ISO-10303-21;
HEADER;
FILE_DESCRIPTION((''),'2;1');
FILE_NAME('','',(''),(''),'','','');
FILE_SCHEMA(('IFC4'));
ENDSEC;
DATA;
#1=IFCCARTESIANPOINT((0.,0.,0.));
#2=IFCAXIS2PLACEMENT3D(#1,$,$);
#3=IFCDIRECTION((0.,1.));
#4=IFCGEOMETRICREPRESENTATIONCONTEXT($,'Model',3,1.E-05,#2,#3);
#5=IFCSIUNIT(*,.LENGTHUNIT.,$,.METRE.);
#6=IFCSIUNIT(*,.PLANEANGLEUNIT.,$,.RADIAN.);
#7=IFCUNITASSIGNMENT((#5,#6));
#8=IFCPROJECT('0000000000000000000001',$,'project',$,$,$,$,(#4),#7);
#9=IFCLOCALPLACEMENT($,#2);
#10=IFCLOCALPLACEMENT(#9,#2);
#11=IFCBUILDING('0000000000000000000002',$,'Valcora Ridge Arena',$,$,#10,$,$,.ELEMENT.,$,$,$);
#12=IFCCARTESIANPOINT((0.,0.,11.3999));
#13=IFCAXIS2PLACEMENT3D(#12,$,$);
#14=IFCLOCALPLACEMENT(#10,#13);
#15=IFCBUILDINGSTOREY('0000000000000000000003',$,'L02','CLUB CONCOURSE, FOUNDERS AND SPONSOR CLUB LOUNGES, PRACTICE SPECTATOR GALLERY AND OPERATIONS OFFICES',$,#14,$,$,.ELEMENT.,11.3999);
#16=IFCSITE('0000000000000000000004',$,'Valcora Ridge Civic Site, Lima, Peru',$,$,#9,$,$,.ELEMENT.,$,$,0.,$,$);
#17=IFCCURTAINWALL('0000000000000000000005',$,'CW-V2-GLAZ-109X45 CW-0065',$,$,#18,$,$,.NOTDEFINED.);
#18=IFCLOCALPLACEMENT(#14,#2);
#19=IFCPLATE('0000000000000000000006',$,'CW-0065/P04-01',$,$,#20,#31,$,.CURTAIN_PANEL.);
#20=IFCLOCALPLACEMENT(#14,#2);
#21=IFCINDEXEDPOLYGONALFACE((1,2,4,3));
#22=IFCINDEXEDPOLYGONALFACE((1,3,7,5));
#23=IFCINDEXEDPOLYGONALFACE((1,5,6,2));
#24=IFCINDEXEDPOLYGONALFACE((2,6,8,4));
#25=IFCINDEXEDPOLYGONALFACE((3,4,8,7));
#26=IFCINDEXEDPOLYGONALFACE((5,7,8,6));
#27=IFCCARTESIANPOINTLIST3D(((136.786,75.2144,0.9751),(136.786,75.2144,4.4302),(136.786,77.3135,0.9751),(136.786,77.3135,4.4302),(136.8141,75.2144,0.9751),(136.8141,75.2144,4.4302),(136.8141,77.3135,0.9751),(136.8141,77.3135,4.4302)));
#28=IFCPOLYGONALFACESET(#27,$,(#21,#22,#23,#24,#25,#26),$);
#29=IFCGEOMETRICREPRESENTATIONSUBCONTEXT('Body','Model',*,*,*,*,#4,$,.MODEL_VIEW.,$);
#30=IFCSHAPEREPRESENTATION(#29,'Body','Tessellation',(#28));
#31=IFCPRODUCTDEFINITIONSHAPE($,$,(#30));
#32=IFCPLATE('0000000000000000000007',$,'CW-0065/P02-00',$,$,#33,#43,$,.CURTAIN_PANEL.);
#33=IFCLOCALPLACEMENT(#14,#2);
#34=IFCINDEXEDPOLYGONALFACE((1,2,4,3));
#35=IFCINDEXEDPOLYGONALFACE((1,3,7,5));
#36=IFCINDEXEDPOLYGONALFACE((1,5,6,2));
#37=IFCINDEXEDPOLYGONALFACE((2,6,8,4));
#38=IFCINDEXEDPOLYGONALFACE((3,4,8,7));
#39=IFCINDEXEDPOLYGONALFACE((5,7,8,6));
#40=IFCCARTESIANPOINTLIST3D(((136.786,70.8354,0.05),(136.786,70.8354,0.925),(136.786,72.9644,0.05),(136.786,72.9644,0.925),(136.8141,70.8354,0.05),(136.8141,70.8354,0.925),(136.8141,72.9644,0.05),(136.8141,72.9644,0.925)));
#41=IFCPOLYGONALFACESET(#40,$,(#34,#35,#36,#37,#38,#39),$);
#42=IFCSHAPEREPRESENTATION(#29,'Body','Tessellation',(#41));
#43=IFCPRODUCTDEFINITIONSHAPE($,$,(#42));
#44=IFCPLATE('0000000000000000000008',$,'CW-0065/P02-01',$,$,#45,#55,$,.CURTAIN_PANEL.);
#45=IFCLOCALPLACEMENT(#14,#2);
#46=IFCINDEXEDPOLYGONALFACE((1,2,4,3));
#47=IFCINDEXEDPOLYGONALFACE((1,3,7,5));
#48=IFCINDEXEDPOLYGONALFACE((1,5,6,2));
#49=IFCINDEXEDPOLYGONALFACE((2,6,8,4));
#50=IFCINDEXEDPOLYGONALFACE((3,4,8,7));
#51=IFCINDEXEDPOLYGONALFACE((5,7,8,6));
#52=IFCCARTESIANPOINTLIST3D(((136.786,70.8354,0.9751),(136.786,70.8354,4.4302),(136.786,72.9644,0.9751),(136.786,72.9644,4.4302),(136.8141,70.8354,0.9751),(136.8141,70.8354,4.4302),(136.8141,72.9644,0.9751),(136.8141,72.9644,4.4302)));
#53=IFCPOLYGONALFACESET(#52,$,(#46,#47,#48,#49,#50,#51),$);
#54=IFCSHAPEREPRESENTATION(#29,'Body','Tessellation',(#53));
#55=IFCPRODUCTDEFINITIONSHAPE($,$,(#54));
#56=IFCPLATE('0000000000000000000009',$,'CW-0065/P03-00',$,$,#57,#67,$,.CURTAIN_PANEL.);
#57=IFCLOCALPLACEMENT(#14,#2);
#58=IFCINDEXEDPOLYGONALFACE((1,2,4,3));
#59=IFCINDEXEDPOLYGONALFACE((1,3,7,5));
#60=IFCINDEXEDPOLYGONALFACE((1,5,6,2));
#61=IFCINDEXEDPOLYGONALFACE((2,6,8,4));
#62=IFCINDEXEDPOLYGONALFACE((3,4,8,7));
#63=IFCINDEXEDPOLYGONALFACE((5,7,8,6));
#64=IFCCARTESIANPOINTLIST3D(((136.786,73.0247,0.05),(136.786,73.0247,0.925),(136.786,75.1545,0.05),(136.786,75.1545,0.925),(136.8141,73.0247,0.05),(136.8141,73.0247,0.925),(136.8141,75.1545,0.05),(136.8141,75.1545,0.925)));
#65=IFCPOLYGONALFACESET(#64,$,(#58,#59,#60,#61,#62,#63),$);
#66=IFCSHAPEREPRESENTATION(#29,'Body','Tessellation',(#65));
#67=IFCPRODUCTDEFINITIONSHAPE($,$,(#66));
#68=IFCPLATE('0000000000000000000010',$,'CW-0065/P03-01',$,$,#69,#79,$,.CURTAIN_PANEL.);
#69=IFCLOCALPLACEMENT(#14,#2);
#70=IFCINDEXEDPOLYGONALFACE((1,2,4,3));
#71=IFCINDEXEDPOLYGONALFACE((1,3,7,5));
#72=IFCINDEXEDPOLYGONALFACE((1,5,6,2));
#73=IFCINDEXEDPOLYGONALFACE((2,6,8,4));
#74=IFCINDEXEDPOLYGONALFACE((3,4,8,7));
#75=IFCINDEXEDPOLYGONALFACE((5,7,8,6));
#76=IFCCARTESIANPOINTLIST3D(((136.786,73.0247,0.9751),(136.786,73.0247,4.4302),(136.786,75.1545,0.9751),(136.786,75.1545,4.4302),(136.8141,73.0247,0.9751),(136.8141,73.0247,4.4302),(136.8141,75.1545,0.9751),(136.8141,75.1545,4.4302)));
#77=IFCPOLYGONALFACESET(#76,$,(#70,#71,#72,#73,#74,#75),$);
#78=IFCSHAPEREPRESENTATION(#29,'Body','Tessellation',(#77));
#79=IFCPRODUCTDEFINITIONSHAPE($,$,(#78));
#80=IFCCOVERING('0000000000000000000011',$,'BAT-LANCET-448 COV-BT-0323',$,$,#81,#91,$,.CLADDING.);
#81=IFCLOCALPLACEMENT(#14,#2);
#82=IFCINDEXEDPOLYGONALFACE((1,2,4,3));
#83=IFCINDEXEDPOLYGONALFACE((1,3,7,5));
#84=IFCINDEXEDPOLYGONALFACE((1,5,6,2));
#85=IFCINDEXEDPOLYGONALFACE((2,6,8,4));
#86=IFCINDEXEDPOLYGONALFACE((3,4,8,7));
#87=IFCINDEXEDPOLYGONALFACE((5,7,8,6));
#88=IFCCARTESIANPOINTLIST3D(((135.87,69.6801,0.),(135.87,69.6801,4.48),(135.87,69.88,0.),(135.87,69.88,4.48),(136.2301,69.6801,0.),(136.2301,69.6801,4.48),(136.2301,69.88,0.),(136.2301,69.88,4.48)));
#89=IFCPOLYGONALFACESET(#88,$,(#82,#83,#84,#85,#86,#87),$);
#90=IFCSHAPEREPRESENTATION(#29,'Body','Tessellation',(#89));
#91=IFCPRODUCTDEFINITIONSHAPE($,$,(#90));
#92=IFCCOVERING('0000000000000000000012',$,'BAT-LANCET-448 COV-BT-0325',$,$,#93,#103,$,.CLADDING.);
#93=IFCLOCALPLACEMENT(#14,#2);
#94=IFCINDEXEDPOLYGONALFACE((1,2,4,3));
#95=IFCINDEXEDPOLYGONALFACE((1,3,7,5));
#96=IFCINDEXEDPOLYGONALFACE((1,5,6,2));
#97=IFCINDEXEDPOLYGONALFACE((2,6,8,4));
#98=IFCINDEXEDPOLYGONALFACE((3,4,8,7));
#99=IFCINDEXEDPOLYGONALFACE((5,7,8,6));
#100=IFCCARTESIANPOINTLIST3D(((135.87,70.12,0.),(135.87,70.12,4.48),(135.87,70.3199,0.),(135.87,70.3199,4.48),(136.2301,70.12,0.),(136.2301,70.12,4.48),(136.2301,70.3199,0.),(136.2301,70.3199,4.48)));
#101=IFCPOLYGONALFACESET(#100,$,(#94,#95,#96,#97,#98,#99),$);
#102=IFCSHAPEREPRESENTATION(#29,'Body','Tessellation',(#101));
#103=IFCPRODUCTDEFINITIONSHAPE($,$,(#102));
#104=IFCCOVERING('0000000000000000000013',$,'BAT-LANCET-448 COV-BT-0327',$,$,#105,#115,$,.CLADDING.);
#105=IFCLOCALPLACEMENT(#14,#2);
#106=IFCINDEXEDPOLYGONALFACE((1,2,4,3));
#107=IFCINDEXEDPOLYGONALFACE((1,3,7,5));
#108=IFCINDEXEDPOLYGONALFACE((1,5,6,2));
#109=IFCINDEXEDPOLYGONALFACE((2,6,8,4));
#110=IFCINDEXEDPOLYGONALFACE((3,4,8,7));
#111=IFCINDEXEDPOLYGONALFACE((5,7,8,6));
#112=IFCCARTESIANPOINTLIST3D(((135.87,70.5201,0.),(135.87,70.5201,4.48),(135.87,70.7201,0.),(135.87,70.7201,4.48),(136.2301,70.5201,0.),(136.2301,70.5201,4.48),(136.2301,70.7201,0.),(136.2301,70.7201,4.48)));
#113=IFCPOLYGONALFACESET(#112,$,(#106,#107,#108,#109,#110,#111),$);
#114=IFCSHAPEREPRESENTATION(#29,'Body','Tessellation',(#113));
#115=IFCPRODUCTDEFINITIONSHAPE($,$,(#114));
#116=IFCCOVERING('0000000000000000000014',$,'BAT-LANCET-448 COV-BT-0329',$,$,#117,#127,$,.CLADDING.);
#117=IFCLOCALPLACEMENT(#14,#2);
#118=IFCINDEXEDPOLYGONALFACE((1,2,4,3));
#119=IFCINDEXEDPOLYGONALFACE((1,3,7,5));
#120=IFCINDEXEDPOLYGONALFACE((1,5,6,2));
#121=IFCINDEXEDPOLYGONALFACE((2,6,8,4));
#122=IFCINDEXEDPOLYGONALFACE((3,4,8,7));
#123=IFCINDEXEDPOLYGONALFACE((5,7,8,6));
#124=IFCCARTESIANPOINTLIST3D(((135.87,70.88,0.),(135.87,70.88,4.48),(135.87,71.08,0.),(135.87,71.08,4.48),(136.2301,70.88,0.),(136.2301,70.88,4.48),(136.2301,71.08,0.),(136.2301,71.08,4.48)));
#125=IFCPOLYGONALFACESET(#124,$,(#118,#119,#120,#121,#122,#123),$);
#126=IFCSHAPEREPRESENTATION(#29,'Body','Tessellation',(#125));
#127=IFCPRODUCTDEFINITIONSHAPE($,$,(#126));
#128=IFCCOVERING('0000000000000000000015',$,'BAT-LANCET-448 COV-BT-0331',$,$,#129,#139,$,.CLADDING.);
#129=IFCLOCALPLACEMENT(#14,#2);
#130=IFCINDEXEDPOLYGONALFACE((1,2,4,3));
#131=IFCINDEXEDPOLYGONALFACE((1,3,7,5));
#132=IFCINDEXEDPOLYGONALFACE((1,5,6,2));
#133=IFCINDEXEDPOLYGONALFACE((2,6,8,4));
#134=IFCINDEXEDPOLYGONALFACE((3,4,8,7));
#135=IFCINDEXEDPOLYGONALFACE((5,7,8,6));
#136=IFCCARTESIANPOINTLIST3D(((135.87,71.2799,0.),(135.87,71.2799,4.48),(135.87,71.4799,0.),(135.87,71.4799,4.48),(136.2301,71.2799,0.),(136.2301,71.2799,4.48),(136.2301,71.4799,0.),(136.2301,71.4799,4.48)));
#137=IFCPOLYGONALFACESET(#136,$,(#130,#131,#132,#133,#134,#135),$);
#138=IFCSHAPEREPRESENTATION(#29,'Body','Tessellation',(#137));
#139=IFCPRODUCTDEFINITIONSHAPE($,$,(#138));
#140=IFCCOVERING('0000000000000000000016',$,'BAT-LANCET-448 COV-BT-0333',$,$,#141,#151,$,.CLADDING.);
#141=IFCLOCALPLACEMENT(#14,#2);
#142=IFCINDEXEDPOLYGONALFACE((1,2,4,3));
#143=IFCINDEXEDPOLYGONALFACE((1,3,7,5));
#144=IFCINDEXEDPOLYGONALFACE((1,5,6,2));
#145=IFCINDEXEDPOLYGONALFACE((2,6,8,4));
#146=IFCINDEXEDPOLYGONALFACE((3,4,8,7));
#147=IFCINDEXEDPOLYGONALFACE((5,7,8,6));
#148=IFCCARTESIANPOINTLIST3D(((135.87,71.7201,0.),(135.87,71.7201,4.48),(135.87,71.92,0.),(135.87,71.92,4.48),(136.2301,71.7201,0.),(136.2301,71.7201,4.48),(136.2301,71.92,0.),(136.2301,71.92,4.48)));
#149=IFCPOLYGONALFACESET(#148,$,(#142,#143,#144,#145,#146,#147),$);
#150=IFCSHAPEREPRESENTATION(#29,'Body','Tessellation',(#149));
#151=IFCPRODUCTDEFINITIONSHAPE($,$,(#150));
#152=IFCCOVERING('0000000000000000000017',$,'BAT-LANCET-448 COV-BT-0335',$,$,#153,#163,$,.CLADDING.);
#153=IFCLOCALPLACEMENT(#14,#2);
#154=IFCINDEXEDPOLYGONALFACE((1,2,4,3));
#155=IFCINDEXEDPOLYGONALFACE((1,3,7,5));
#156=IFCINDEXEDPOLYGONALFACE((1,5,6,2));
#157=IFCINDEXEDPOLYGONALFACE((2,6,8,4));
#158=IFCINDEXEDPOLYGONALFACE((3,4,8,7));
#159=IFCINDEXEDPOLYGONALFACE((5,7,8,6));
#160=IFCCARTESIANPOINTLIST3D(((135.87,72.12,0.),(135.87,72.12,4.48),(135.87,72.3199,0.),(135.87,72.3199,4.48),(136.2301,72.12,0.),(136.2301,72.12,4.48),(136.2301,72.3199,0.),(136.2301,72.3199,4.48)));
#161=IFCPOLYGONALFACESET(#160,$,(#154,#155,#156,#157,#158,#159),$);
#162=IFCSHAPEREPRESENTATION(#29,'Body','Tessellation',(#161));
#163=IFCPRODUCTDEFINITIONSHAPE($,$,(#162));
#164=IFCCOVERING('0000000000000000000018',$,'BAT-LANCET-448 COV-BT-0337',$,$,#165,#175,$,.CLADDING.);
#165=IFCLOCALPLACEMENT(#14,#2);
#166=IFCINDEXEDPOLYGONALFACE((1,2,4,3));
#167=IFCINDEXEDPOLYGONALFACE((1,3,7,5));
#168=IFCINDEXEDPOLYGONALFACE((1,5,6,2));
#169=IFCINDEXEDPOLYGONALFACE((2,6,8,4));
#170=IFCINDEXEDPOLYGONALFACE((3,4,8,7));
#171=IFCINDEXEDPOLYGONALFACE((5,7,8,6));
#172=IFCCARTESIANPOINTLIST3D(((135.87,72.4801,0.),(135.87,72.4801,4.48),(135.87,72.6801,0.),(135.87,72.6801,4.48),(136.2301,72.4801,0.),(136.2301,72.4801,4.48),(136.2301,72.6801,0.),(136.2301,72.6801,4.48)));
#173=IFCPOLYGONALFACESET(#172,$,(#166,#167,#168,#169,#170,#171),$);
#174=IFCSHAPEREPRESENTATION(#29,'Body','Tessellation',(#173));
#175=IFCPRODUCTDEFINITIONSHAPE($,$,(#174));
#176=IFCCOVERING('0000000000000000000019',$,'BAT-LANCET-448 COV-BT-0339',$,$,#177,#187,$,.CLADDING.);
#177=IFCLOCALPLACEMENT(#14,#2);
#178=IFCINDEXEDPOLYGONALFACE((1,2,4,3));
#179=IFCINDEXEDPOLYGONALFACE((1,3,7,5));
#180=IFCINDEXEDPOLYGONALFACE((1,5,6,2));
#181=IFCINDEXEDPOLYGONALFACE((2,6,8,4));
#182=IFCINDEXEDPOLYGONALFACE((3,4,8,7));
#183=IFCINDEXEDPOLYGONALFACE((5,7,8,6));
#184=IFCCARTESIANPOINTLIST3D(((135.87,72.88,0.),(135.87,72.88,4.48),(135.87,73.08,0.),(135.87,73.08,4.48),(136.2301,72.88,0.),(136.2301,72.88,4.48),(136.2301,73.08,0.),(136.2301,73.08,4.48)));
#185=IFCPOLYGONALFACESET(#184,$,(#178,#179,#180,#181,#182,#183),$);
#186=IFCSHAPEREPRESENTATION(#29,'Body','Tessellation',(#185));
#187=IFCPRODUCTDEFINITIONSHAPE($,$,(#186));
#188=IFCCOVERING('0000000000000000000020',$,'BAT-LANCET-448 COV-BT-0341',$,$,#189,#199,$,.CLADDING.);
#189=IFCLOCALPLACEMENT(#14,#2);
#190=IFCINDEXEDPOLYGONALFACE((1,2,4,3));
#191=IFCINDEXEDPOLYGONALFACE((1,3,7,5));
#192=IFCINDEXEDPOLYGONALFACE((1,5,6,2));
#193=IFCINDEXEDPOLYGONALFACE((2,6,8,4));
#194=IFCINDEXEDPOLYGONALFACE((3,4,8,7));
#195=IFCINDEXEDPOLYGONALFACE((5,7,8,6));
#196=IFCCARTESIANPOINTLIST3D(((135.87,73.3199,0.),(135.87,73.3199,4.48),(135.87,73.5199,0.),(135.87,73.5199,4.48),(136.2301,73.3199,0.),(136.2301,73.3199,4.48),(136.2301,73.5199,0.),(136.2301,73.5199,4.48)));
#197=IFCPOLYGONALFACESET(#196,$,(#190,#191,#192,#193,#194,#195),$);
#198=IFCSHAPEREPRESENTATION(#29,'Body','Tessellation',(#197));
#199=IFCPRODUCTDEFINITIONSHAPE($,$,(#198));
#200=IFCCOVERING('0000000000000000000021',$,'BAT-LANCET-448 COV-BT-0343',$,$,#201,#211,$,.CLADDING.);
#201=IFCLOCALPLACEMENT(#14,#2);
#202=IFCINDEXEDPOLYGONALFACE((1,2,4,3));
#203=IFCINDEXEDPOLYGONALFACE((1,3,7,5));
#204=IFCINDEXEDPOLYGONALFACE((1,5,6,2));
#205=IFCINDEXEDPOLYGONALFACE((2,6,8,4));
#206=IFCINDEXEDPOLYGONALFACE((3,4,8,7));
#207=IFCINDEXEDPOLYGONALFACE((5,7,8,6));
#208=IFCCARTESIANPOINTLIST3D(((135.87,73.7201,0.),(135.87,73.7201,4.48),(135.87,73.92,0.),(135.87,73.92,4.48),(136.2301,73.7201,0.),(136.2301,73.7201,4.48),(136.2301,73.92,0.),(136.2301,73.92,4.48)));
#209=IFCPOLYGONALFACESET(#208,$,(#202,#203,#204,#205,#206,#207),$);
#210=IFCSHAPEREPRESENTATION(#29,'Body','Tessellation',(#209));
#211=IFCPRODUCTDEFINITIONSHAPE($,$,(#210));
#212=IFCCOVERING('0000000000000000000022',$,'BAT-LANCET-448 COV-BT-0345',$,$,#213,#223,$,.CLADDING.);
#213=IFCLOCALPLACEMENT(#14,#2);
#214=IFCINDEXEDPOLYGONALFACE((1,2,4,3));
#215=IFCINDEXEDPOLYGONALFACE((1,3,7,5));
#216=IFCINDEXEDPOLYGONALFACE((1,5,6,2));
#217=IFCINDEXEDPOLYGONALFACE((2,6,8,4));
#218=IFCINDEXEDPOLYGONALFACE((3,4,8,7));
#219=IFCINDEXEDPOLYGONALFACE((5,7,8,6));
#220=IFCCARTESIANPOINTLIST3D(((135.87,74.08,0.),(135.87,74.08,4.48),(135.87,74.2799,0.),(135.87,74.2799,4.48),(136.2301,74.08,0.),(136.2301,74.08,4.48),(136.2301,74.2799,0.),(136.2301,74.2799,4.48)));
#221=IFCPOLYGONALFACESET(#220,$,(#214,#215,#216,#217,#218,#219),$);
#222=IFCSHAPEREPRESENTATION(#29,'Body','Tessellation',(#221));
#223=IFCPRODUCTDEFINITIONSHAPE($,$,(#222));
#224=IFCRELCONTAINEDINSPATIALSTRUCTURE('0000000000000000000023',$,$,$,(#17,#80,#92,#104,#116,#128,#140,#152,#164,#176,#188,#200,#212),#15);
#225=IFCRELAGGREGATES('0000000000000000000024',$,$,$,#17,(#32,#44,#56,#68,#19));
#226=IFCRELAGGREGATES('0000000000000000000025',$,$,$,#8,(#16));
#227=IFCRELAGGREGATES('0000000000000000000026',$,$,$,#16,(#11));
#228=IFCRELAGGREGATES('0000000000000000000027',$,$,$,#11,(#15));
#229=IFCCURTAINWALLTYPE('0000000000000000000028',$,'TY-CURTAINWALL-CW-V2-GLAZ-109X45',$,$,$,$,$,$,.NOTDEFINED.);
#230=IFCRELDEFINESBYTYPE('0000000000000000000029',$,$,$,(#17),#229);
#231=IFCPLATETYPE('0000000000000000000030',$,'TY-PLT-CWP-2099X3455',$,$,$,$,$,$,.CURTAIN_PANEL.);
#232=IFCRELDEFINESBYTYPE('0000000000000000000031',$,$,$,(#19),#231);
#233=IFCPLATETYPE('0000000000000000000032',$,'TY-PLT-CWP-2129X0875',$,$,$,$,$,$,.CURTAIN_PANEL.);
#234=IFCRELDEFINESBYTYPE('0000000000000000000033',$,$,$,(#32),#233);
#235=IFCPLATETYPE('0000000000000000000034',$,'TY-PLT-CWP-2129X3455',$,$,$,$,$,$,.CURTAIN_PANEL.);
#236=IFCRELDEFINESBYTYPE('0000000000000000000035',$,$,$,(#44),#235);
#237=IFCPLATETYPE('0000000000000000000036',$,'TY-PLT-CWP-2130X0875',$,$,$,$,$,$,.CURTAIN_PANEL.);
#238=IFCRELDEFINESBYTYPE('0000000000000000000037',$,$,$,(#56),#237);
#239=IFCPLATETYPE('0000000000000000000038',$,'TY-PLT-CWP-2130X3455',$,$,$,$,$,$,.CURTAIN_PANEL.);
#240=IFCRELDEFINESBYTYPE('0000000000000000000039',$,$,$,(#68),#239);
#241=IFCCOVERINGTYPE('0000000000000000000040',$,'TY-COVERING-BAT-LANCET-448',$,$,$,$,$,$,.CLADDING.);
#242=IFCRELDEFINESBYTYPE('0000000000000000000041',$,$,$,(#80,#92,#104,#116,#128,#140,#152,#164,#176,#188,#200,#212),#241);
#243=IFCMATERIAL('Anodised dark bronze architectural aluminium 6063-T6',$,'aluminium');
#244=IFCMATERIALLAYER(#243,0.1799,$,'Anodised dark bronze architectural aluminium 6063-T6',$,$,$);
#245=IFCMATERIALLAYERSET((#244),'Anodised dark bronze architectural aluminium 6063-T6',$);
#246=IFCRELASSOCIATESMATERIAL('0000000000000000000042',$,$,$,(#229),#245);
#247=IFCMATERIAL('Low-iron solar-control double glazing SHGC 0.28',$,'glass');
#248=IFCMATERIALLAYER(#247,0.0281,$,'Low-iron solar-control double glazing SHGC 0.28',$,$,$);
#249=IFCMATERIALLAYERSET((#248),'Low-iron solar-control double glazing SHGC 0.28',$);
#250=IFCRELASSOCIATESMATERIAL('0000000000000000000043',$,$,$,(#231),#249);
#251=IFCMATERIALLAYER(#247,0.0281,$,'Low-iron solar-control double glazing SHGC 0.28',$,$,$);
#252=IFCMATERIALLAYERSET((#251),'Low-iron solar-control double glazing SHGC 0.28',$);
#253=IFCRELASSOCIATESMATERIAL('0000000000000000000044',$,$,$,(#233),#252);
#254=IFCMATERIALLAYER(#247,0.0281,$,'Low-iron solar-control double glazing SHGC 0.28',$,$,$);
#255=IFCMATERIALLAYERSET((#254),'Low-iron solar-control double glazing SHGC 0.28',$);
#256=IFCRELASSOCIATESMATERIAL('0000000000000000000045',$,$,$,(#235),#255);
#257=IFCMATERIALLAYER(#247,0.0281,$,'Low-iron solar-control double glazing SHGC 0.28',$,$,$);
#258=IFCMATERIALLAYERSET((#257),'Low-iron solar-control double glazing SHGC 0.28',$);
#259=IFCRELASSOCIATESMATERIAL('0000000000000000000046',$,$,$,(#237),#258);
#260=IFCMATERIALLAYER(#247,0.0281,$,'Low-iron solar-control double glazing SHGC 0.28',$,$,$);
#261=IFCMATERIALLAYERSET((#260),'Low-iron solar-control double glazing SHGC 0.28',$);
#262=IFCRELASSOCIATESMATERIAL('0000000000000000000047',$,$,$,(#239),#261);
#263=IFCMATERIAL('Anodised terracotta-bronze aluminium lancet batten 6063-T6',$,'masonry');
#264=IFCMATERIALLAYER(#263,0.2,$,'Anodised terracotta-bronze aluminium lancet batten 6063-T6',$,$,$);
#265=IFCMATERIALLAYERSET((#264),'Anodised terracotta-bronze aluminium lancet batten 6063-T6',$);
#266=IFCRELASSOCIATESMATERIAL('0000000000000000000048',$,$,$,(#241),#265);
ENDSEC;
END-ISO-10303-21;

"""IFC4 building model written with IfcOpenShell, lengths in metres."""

from ifc_helpers import new_model, si_unit, direction, frame, origin, origin_2d, place, context, subcontext, project, spatial, rectangle, extrude, material, layer, layer_set, type_object, element, aggregate, save


model = new_model("IFC4")

# Units and contexts
model_context = context("Model", 3, precision=1e-05, world=origin(), true_north=direction((0.0, 1.0)))
body_context = subcontext(model_context, "Body", "Model", "MODEL_VIEW")
ifc_project = project(units=[si_unit("LENGTHUNIT", "METRE"), si_unit("PLANEANGLEUNIT", "RADIAN")], contexts=[model_context])

# Site, building, storey
site_placement = place(None, origin())
site = spatial("IfcSite", under=ifc_project, at=site_placement, Name="Valcora Ridge Civic Site, Lima, Peru", CompositionType="ELEMENT", RefElevation=0.0)
building_placement = place(site_placement, origin())
building = spatial("IfcBuilding", under=site, at=building_placement, Name="Valcora Ridge Arena", CompositionType="ELEMENT")
storey_placement = place(building_placement, frame((0.0, 0.0, 11.3999)))
storey = spatial("IfcBuildingStorey", under=building, at=storey_placement, Name="L02", Description="CLUB CONCOURSE, FOUNDERS AND SPONSOR CLUB LOUNGES, PRACTICE SPECTATOR GALLERY AND OPERATIONS OFFICES", CompositionType="ELEMENT", Elevation=11.3999)

# Curtain wall, plates
ifc_material_1 = material(Name="Anodised dark bronze architectural aluminium 6063-T6", Category="aluminium")
ifc_layer_1 = layer(ifc_material_1, 0.1799, Name="Anodised dark bronze architectural aluminium 6063-T6")
ifc_layer_set_1 = layer_set([ifc_layer_1], Name="Anodised dark bronze architectural aluminium 6063-T6")
curtain_wall_type = type_object("IfcCurtainWallType", Name="TY-CURTAINWALL-CW-V2-GLAZ-109X45", PredefinedType="NOTDEFINED", material=ifc_layer_set_1)
curtain_wall_placement = place(storey_placement, origin())
curtain_wall = element("IfcCurtainWall", 1, at=curtain_wall_placement, inside=storey, type_object=curtain_wall_type, Name="CW-V2-GLAZ-109X45 CW-0065", PredefinedType="NOTDEFINED")
ifc_material_2 = material(Name="Low-iron solar-control double glazing SHGC 0.28", Category="glass")
ifc_layer_2 = layer(ifc_material_2, 0.0281, Name="Low-iron solar-control double glazing SHGC 0.28")
ifc_layer_set_2 = layer_set([ifc_layer_2], Name="Low-iron solar-control double glazing SHGC 0.28")
plate_type_1 = type_object("IfcPlateType", Name="TY-PLT-CWP-2099X3455", PredefinedType="CURTAIN_PANEL", material=ifc_layer_set_2)
plate_1_placement = place(storey_placement, frame((136.8, 76.2639, 0.9751), z_axis=(0.0, 0.0, 1.0), x_axis=(0.0, 1.0, 0.0)))
plate_1 = element("IfcPlate", 2, at=plate_1_placement, type_object=plate_type_1, Name="CW-0065/P04-01", PredefinedType="CURTAIN_PANEL", context=body_context, shape_type="SweptSolid", body=[
    extrude(rectangle(XDim=2.0991, YDim=0.0281, at=origin_2d()), origin(), (0.0, 0.0, 1.0), 3.4551),
])
ifc_layer_3 = layer(ifc_material_2, 0.0281, Name="Low-iron solar-control double glazing SHGC 0.28")
ifc_layer_set_3 = layer_set([ifc_layer_3], Name="Low-iron solar-control double glazing SHGC 0.28")
plate_type_2 = type_object("IfcPlateType", Name="TY-PLT-CWP-2129X0875", PredefinedType="CURTAIN_PANEL", material=ifc_layer_set_3)
plate_2_placement = place(storey_placement, frame((136.8, 71.8999, 0.05), z_axis=(0.0, 0.0, 1.0), x_axis=(0.0, 1.0, 0.0)))
plate_2 = element("IfcPlate", 3, at=plate_2_placement, type_object=plate_type_2, Name="CW-0065/P02-00", PredefinedType="CURTAIN_PANEL", context=body_context, shape_type="SweptSolid", body=[
    extrude(rectangle(XDim=2.1289, YDim=0.0281, at=origin_2d()), origin(), (0.0, 0.0, 1.0), 0.875),
])
ifc_layer_4 = layer(ifc_material_2, 0.0281, Name="Low-iron solar-control double glazing SHGC 0.28")
ifc_layer_set_4 = layer_set([ifc_layer_4], Name="Low-iron solar-control double glazing SHGC 0.28")
plate_type_3 = type_object("IfcPlateType", Name="TY-PLT-CWP-2129X3455", PredefinedType="CURTAIN_PANEL", material=ifc_layer_set_4)
plate_3_placement = place(storey_placement, frame((136.8, 71.8999, 0.9751), z_axis=(0.0, 0.0, 1.0), x_axis=(0.0, 1.0, 0.0)))
plate_3 = element("IfcPlate", 4, at=plate_3_placement, type_object=plate_type_3, Name="CW-0065/P02-01", PredefinedType="CURTAIN_PANEL", context=body_context, shape_type="SweptSolid", body=[
    extrude(rectangle(XDim=2.1289, YDim=0.0281, at=origin_2d()), origin(), (0.0, 0.0, 1.0), 3.4551),
])
ifc_layer_5 = layer(ifc_material_2, 0.0281, Name="Low-iron solar-control double glazing SHGC 0.28")
ifc_layer_set_5 = layer_set([ifc_layer_5], Name="Low-iron solar-control double glazing SHGC 0.28")
plate_type_4 = type_object("IfcPlateType", Name="TY-PLT-CWP-2130X0875", PredefinedType="CURTAIN_PANEL", material=ifc_layer_set_5)
plate_4_placement = place(storey_placement, frame((136.8, 74.0896, 0.05), z_axis=(0.0, 0.0, 1.0), x_axis=(0.0, 1.0, 0.0)))
plate_4 = element("IfcPlate", 5, at=plate_4_placement, type_object=plate_type_4, Name="CW-0065/P03-00", PredefinedType="CURTAIN_PANEL", context=body_context, shape_type="SweptSolid", body=[
    extrude(rectangle(XDim=2.1299, YDim=0.0281, at=origin_2d()), origin(), (0.0, 0.0, 1.0), 0.875),
])
ifc_layer_6 = layer(ifc_material_2, 0.0281, Name="Low-iron solar-control double glazing SHGC 0.28")
ifc_layer_set_6 = layer_set([ifc_layer_6], Name="Low-iron solar-control double glazing SHGC 0.28")
plate_type_5 = type_object("IfcPlateType", Name="TY-PLT-CWP-2130X3455", PredefinedType="CURTAIN_PANEL", material=ifc_layer_set_6)
plate_5_placement = place(storey_placement, frame((136.8, 74.0896, 0.9751), z_axis=(0.0, 0.0, 1.0), x_axis=(0.0, 1.0, 0.0)))
plate_5 = element("IfcPlate", 6, at=plate_5_placement, type_object=plate_type_5, Name="CW-0065/P03-01", PredefinedType="CURTAIN_PANEL", context=body_context, shape_type="SweptSolid", body=[
    extrude(rectangle(XDim=2.1299, YDim=0.0281, at=origin_2d()), origin(), (0.0, 0.0, 1.0), 3.4551),
])
aggregate(curtain_wall, [plate_2, plate_3, plate_4, plate_5, plate_1])

# Coverings
ifc_material_3 = material(Name="Anodised terracotta-bronze aluminium lancet batten 6063-T6", Category="masonry")
ifc_layer_7 = layer(ifc_material_3, 0.2, Name="Anodised terracotta-bronze aluminium lancet batten 6063-T6")
ifc_layer_set_7 = layer_set([ifc_layer_7], Name="Anodised terracotta-bronze aluminium lancet batten 6063-T6")
covering_type = type_object("IfcCoveringType", Name="TY-COVERING-BAT-LANCET-448", PredefinedType="CLADDING", material=ifc_layer_set_7)
for number, where, z_axis, x_axis, name in (
    (7, (136.05, 69.78, 0.0), (0.0, 0.0, 1.0), (1.0, 0.0, 0.0), "BAT-LANCET-448 COV-BT-0323"),
    (8, (136.05, 70.22, 0.0), (0.0, 0.0, 1.0), (1.0, 0.0, 0.0), "BAT-LANCET-448 COV-BT-0325"),
    (9, (136.05, 70.6201, 0.0), (0.0, 0.0, 1.0), (1.0, 0.0, 0.0), "BAT-LANCET-448 COV-BT-0327"),
    (10, (136.05, 70.98, 0.0), (0.0, 0.0, 1.0), (1.0, 0.0, 0.0), "BAT-LANCET-448 COV-BT-0329"),
    (11, (136.05, 71.3799, 0.0), (0.0, 0.0, 1.0), (1.0, 0.0, 0.0), "BAT-LANCET-448 COV-BT-0331"),
    (12, (136.05, 71.8201, 0.0), (0.0, 0.0, 1.0), (1.0, 0.0, 0.0), "BAT-LANCET-448 COV-BT-0333"),
    (13, (136.05, 72.22, 0.0), (0.0, 0.0, 1.0), (1.0, 0.0, 0.0), "BAT-LANCET-448 COV-BT-0335"),
    (14, (136.05, 72.5801, 0.0), (0.0, 0.0, 1.0), (1.0, 0.0, 0.0), "BAT-LANCET-448 COV-BT-0337"),
    (15, (136.05, 72.98, 0.0), (0.0, 0.0, 1.0), (1.0, 0.0, 0.0), "BAT-LANCET-448 COV-BT-0339"),
    (16, (136.05, 73.4199, 0.0), (0.0, 0.0, 1.0), (1.0, 0.0, 0.0), "BAT-LANCET-448 COV-BT-0341"),
    (17, (136.05, 73.8201, 0.0), (0.0, 0.0, 1.0), (1.0, 0.0, 0.0), "BAT-LANCET-448 COV-BT-0343"),
    (18, (136.05, 74.1799, 0.0), (0.0, 0.0, 1.0), (1.0, 0.0, 0.0), "BAT-LANCET-448 COV-BT-0345"),
):
    element("IfcCovering", number, at=place(storey_placement, frame(where, z_axis=z_axis, x_axis=x_axis)), inside=storey, type_object=covering_type, Name=name, PredefinedType="CLADDING", context=body_context, shape_type="SweptSolid", body=[
        extrude(rectangle(XDim=0.3601, YDim=0.2, at=origin_2d()), origin(), (0.0, 0.0, 1.0), 4.48),
    ])

save(model, "model.ifc")
